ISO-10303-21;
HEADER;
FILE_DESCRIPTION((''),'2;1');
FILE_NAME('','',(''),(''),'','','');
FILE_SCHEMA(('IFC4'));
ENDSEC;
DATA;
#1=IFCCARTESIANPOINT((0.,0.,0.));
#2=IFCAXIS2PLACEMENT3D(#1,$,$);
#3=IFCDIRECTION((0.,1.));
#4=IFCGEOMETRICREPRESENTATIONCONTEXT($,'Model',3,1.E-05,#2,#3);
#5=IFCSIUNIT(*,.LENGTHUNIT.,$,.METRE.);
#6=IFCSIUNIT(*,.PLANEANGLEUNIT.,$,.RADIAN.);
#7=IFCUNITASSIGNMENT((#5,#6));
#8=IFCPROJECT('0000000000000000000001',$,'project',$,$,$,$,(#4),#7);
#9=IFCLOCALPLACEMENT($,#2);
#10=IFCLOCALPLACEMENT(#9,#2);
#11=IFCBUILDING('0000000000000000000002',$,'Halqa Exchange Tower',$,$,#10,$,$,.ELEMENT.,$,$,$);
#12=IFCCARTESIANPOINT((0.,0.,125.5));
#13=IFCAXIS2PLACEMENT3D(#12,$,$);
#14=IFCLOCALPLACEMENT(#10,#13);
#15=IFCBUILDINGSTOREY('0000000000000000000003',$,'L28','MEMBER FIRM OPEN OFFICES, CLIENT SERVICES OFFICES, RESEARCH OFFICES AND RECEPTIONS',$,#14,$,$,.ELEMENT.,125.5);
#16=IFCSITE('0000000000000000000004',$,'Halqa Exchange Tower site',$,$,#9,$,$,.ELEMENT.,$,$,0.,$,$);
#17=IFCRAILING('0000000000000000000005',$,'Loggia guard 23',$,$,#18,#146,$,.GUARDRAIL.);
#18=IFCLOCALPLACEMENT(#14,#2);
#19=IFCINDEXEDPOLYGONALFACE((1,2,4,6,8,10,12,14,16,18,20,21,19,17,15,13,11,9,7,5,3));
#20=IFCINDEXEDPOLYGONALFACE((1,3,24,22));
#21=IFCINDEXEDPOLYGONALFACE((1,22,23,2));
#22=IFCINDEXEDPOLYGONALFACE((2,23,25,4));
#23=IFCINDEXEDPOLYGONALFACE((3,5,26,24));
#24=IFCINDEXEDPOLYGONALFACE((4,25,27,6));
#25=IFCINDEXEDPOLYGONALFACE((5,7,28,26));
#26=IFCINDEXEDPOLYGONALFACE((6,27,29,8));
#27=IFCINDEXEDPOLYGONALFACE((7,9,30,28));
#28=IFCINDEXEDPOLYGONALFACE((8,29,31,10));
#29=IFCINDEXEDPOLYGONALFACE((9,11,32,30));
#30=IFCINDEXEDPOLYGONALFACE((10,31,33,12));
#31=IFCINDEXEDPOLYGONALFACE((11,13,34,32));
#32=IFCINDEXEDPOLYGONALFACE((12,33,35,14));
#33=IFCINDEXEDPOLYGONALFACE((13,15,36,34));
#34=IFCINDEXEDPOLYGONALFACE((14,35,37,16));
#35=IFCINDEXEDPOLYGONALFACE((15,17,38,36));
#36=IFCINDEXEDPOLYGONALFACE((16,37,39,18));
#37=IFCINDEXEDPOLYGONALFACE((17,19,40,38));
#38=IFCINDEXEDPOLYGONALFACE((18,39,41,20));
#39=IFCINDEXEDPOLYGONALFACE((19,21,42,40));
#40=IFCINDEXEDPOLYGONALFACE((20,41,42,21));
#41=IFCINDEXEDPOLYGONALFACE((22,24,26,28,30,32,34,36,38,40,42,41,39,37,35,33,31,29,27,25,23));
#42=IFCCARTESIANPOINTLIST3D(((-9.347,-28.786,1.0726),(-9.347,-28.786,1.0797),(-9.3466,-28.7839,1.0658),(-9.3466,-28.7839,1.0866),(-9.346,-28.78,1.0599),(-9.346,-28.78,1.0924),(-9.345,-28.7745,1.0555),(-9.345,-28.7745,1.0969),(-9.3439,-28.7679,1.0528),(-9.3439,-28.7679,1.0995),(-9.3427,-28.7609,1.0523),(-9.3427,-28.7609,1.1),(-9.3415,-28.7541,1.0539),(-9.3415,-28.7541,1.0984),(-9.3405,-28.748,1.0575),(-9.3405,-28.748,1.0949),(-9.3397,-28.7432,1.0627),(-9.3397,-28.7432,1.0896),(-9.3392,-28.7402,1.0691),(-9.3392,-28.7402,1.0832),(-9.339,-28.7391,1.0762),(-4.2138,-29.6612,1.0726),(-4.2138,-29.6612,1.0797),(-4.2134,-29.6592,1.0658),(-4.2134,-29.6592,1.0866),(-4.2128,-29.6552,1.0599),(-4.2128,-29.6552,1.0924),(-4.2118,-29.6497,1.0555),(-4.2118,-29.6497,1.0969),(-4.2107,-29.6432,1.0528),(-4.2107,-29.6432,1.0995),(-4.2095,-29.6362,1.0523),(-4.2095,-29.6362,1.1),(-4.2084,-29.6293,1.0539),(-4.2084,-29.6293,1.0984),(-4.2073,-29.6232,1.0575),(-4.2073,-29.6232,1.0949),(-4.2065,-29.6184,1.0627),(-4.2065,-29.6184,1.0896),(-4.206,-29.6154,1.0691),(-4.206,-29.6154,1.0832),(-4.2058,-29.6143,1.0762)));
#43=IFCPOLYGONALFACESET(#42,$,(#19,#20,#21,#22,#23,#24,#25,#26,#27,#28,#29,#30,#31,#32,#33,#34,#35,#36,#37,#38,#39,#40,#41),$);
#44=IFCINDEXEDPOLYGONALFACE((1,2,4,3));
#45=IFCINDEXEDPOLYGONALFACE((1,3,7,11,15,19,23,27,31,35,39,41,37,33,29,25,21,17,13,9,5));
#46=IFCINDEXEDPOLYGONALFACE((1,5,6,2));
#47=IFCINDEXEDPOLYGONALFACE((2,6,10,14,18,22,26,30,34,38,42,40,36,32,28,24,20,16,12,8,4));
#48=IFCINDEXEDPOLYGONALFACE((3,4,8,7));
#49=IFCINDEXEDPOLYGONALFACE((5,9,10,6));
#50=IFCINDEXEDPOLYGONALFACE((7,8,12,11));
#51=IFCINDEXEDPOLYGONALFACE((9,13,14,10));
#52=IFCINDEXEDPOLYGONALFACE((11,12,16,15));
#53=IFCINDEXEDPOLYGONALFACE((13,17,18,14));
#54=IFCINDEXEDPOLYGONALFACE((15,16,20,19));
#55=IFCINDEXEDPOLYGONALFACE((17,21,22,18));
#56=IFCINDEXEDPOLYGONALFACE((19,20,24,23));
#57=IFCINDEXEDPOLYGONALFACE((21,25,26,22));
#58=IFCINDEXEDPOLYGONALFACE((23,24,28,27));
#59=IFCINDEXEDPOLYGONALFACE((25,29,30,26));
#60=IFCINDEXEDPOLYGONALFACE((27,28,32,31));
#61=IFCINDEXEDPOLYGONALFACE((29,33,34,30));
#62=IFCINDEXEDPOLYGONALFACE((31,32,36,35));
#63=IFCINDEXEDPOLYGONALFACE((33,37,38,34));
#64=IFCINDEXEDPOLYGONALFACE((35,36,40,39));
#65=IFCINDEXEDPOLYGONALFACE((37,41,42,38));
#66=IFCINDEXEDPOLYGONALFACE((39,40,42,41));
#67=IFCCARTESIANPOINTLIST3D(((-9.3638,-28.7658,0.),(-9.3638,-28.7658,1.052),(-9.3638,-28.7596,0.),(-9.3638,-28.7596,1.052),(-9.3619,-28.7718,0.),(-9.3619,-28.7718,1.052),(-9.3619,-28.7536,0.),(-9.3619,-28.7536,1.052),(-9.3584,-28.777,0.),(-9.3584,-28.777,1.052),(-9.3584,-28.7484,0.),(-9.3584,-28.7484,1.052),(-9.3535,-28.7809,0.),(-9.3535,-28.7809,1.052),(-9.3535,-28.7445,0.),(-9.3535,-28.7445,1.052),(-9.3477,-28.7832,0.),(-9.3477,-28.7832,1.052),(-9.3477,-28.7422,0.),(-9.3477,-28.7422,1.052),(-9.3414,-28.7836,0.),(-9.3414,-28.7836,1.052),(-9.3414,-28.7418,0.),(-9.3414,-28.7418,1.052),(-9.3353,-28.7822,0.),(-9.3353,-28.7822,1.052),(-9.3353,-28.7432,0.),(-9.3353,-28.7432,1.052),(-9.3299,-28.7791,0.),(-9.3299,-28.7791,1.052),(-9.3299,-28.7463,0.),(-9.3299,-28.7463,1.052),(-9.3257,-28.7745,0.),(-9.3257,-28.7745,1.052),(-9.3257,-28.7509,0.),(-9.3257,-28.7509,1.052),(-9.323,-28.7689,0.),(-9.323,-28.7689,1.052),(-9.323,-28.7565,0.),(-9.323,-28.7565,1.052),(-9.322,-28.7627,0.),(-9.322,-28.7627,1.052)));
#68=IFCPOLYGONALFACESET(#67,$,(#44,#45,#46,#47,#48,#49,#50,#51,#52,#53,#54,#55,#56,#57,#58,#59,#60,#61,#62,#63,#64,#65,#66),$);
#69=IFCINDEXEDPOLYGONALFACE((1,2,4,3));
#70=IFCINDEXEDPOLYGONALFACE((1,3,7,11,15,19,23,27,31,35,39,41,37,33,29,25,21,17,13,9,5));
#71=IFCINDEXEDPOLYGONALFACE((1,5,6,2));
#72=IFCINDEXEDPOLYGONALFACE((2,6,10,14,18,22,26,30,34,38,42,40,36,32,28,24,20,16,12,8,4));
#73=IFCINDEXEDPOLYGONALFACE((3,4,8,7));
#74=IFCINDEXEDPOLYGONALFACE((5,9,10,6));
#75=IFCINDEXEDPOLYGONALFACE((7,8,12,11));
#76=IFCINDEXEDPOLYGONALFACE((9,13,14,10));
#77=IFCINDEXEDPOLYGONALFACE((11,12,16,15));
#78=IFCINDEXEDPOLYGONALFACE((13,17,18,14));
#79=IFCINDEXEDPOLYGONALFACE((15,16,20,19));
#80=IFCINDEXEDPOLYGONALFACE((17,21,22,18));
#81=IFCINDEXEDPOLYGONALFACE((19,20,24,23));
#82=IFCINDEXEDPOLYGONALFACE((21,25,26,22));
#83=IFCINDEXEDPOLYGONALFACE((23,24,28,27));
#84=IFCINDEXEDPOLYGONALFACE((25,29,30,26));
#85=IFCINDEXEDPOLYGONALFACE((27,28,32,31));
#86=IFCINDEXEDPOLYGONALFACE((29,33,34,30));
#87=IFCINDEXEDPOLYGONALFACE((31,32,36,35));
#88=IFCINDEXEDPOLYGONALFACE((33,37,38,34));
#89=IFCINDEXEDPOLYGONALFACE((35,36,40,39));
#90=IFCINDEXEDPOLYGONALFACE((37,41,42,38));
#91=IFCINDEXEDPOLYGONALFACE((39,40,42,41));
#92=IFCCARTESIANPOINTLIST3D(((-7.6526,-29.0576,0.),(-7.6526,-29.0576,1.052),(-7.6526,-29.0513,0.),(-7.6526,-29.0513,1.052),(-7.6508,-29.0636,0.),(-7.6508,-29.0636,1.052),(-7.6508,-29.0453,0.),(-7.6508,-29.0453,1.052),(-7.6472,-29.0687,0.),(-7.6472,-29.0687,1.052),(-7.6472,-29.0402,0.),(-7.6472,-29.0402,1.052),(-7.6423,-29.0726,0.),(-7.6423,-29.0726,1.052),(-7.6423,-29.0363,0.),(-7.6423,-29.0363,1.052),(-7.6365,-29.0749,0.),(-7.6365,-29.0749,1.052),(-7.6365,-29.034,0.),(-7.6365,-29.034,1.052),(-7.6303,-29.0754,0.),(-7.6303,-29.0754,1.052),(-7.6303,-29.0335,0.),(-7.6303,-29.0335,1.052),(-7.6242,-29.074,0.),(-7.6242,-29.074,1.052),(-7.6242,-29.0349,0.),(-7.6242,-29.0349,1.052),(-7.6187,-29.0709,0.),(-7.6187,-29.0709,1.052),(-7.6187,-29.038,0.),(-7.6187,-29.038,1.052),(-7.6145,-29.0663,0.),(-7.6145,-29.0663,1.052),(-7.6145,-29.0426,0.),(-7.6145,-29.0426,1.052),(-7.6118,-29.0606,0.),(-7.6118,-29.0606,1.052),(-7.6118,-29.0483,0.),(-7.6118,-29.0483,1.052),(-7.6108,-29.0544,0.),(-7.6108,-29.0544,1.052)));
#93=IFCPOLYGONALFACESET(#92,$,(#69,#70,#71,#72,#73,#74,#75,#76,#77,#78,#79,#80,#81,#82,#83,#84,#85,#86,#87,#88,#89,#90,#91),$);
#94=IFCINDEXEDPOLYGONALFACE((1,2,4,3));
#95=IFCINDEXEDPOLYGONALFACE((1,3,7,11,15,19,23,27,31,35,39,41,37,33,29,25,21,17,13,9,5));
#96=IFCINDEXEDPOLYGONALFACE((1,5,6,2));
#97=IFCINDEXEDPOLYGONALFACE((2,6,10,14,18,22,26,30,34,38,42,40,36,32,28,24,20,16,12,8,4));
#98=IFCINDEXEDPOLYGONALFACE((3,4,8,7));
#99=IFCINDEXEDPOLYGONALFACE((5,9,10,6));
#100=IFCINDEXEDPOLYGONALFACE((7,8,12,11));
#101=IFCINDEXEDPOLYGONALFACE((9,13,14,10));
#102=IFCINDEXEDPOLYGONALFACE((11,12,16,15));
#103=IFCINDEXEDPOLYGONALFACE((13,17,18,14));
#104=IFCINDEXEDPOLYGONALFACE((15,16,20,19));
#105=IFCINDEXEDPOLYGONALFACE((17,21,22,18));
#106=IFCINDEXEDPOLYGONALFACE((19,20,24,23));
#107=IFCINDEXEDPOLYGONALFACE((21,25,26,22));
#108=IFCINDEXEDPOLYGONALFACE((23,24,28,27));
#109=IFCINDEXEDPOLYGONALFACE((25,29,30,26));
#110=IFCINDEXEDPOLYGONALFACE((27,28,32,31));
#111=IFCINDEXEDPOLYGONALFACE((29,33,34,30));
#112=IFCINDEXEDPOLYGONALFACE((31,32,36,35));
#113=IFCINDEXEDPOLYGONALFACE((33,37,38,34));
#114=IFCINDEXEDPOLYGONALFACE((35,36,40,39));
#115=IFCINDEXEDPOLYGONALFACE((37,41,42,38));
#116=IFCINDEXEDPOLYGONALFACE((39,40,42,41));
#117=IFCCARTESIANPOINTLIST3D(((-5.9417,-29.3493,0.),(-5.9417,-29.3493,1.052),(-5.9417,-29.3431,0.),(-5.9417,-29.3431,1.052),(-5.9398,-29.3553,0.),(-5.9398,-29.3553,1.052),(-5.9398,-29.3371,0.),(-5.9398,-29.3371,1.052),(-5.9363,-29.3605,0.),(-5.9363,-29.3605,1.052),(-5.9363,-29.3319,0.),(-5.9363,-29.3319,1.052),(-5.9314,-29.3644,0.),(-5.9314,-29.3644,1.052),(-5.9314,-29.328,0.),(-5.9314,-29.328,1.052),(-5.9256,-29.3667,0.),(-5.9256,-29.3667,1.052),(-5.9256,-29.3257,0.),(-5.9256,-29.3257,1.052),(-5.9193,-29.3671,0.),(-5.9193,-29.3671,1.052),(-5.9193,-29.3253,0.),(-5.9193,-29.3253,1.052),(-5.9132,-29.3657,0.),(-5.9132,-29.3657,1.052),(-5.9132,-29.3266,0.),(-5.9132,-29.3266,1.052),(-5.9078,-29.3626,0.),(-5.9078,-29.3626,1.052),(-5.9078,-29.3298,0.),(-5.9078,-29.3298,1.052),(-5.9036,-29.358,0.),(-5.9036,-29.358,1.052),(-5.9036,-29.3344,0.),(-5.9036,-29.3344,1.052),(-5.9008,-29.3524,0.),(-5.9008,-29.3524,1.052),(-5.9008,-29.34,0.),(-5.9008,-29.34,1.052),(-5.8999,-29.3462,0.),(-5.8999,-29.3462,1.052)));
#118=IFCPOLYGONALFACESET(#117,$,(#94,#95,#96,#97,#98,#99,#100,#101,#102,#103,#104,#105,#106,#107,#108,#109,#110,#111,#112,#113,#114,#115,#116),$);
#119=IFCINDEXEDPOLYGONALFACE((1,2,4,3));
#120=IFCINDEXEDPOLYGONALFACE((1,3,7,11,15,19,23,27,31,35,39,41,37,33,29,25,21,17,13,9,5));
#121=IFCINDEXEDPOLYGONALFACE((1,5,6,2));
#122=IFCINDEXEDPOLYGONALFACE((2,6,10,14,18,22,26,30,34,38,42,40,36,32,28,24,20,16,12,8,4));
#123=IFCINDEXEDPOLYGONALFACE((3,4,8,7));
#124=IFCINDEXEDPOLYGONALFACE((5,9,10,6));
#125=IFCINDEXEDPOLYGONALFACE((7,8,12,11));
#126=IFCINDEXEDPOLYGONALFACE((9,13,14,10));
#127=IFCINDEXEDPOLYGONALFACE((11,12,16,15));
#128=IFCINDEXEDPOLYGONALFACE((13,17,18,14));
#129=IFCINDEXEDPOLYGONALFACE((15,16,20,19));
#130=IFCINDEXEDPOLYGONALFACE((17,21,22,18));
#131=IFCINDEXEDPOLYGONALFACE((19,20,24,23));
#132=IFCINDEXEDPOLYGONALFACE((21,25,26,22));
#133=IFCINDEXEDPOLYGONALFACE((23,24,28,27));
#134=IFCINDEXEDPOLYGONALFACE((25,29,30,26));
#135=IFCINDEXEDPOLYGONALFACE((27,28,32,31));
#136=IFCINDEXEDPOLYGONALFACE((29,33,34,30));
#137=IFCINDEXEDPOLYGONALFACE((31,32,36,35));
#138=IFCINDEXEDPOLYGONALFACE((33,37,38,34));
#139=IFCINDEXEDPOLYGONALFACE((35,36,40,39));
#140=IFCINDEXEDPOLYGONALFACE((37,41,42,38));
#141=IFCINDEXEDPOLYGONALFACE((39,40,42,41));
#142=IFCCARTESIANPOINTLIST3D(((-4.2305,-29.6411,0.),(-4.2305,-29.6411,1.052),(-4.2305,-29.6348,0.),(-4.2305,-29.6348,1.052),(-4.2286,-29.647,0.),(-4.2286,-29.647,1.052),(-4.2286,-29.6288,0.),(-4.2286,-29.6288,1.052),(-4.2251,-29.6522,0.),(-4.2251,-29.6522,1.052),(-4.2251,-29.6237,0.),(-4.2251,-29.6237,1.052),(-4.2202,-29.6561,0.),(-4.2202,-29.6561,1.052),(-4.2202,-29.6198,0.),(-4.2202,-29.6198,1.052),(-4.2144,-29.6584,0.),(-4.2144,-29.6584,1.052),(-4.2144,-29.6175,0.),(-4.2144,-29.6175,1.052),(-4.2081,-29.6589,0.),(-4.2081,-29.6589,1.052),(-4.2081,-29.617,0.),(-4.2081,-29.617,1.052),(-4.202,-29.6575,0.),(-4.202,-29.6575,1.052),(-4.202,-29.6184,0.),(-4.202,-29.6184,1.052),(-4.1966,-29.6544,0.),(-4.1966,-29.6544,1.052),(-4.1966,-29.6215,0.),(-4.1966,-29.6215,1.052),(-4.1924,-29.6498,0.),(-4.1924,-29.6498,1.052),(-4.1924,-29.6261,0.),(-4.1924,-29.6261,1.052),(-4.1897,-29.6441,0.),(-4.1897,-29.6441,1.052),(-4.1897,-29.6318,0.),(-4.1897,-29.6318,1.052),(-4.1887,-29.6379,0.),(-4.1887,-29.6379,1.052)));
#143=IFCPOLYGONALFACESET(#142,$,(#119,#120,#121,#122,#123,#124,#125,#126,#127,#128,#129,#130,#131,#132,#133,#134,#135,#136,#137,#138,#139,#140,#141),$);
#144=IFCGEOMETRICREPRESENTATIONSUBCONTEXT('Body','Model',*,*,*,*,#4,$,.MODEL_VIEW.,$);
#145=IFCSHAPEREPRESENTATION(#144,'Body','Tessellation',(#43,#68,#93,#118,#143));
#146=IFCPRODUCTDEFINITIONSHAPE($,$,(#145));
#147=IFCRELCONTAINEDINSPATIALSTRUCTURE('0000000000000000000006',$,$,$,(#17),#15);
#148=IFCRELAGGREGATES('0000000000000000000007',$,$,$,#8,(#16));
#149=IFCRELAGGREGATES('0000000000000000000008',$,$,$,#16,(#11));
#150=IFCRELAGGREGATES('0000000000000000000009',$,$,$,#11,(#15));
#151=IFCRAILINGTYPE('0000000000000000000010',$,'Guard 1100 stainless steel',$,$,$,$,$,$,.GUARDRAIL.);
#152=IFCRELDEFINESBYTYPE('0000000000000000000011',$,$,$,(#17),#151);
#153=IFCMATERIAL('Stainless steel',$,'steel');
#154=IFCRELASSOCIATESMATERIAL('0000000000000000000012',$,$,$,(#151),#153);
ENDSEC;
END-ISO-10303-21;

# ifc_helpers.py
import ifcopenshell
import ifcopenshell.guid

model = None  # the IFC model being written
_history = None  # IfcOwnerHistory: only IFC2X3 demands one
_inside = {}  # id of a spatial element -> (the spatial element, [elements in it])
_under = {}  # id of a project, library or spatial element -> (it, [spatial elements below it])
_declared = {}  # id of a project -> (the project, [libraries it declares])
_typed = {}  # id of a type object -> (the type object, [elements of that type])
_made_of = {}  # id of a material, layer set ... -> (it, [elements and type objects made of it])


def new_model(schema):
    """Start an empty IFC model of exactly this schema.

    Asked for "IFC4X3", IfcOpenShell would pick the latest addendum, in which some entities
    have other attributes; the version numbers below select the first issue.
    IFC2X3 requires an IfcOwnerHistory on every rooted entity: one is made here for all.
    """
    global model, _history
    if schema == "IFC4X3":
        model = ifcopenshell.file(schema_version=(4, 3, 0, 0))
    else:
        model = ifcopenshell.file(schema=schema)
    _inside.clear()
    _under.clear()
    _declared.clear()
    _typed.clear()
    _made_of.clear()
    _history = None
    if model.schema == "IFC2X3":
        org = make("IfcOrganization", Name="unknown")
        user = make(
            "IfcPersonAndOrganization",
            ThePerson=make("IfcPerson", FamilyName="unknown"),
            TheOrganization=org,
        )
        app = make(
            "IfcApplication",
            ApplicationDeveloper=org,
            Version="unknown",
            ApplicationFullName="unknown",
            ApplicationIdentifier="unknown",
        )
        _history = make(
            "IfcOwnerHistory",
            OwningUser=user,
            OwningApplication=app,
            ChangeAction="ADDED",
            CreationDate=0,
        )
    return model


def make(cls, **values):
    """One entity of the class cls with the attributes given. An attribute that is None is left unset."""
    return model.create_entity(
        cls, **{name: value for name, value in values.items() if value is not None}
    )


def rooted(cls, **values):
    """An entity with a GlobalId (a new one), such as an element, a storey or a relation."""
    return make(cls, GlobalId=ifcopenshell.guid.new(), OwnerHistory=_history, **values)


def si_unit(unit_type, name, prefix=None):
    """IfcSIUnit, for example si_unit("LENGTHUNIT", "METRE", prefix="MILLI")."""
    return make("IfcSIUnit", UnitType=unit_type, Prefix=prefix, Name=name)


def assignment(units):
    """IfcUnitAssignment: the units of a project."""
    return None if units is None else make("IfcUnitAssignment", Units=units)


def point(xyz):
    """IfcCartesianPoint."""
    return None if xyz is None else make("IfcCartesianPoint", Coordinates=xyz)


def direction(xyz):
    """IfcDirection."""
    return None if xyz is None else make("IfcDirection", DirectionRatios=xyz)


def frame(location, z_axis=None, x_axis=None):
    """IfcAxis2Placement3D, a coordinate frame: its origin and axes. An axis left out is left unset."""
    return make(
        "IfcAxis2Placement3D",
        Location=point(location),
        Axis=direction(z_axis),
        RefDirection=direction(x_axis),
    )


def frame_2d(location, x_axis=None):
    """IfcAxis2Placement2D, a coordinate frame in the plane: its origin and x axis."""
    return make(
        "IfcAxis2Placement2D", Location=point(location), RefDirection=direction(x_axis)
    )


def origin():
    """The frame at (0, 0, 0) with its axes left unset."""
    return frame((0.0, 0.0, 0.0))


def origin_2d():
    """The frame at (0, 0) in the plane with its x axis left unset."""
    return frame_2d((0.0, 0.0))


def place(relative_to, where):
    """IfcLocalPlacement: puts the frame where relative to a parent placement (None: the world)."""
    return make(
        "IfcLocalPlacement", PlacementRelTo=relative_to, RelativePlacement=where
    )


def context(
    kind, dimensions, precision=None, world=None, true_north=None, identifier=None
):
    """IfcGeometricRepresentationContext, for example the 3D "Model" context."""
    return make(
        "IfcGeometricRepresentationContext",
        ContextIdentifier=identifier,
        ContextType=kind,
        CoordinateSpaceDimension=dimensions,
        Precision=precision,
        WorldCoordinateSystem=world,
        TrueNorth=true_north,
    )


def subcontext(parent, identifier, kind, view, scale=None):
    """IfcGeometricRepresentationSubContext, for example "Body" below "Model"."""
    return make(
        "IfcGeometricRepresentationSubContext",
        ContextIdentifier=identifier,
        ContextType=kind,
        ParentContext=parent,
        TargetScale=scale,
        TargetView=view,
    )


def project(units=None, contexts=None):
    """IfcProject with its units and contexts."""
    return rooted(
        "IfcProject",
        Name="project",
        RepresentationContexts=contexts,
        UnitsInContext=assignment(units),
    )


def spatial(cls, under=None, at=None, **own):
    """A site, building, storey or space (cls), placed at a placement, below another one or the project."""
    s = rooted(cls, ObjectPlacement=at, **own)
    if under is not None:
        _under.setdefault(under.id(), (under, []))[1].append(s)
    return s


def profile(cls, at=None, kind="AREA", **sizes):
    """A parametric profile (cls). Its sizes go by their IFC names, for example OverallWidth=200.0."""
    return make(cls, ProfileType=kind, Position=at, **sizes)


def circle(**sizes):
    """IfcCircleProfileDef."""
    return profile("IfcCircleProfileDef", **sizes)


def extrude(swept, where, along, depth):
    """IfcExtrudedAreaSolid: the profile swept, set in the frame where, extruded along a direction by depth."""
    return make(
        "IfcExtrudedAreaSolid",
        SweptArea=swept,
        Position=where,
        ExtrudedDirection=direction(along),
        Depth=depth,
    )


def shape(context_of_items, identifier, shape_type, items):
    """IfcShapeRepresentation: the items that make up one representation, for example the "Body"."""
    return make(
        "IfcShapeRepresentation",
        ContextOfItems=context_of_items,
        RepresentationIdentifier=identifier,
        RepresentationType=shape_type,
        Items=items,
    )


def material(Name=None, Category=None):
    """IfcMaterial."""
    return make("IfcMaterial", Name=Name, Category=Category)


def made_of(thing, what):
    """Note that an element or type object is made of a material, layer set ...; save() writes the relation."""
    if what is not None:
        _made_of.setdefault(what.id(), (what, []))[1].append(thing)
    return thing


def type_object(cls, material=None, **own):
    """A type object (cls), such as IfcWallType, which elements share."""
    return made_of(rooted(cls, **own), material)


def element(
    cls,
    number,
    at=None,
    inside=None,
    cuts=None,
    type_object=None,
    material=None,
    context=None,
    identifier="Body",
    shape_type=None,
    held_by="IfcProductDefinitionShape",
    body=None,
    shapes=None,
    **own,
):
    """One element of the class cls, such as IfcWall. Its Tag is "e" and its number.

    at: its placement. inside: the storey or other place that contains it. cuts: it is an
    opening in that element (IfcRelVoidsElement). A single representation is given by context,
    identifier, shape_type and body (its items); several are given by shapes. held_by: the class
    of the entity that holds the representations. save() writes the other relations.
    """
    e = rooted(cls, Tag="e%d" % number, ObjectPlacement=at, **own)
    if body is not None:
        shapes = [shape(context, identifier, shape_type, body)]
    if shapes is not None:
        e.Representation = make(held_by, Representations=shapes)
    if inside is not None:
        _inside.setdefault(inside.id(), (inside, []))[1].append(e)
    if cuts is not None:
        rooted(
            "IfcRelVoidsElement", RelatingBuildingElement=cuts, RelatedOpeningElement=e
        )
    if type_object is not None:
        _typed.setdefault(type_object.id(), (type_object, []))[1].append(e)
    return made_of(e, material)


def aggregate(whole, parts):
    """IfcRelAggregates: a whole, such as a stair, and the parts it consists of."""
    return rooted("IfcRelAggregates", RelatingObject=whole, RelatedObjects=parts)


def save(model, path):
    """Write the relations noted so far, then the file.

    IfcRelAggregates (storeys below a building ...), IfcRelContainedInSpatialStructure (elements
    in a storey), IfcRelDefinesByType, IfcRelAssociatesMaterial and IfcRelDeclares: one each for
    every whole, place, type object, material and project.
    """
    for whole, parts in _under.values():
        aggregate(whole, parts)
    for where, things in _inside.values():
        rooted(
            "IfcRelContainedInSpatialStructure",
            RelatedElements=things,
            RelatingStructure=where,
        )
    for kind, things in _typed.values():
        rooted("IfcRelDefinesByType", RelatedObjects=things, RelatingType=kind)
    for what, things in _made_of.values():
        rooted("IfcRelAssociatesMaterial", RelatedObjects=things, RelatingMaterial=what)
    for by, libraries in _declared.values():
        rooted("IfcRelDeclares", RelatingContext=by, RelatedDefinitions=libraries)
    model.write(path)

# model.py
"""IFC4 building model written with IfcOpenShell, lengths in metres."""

from ifc_helpers import new_model, si_unit, direction, frame, origin, origin_2d, place, context, subcontext, project, spatial, circle, extrude, material, type_object, element, save


model = new_model("IFC4")

# Units and contexts
model_context = context("Model", 3, precision=1e-05, world=origin(), true_north=direction((0.0, 1.0)))
body_context = subcontext(model_context, "Body", "Model", "MODEL_VIEW")
ifc_project = project(units=[si_unit("LENGTHUNIT", "METRE"), si_unit("PLANEANGLEUNIT", "RADIAN")], contexts=[model_context])

# Site, building, storey
site_placement = place(None, origin())
site = spatial("IfcSite", under=ifc_project, at=site_placement, Name="Halqa Exchange Tower site", CompositionType="ELEMENT", RefElevation=0.0)
building_placement = place(site_placement, origin())
building = spatial("IfcBuilding", under=site, at=building_placement, Name="Halqa Exchange Tower", CompositionType="ELEMENT")
storey_placement = place(building_placement, frame((0.0, 0.0, 125.5)))
storey = spatial("IfcBuildingStorey", under=building, at=storey_placement, Name="L28", Description="MEMBER FIRM OPEN OFFICES, CLIENT SERVICES OFFICES, RESEARCH OFFICES AND RECEPTIONS", CompositionType="ELEMENT", Elevation=125.5)

# Railing
ifc_material_1 = material(Name="Stainless steel", Category="steel")
railing_type = type_object("IfcRailingType", Name="Guard 1100 stainless steel", PredefinedType="GUARDRAIL", material=ifc_material_1)
railing_1_placement = place(storey_placement, frame((-9.343, -28.7627, 0.0)))
element("IfcRailing", 1, at=railing_1_placement, inside=storey, type_object=railing_type, Name="Loggia guard 23", PredefinedType="GUARDRAIL", context=body_context, shape_type="SweptSolid", body=[
    extrude(circle(Radius=0.0239, at=origin_2d()), frame((0.0, 0.0, 1.0762), z_axis=(0.985774, -0.168078, 0.0), x_axis=(0.168078, 0.985774, 0.0)), (0.0, 0.0, 1.0), 5.2073),
    extrude(circle(Radius=0.021, at=origin_2d()), origin(), (0.0, 0.0, 1.0), 1.052),
    extrude(circle(Radius=0.021, at=origin_2d()), frame((1.7112, -0.2917, 0.0)), (0.0, 0.0, 1.0), 1.052),
    extrude(circle(Radius=0.021, at=origin_2d()), frame((3.4221, -0.5835, 0.0)), (0.0, 0.0, 1.0), 1.052),
    extrude(circle(Radius=0.021, at=origin_2d()), frame((5.1333, -0.8752, 0.0)), (0.0, 0.0, 1.0), 1.052),
])

save(model, "model.ifc")
